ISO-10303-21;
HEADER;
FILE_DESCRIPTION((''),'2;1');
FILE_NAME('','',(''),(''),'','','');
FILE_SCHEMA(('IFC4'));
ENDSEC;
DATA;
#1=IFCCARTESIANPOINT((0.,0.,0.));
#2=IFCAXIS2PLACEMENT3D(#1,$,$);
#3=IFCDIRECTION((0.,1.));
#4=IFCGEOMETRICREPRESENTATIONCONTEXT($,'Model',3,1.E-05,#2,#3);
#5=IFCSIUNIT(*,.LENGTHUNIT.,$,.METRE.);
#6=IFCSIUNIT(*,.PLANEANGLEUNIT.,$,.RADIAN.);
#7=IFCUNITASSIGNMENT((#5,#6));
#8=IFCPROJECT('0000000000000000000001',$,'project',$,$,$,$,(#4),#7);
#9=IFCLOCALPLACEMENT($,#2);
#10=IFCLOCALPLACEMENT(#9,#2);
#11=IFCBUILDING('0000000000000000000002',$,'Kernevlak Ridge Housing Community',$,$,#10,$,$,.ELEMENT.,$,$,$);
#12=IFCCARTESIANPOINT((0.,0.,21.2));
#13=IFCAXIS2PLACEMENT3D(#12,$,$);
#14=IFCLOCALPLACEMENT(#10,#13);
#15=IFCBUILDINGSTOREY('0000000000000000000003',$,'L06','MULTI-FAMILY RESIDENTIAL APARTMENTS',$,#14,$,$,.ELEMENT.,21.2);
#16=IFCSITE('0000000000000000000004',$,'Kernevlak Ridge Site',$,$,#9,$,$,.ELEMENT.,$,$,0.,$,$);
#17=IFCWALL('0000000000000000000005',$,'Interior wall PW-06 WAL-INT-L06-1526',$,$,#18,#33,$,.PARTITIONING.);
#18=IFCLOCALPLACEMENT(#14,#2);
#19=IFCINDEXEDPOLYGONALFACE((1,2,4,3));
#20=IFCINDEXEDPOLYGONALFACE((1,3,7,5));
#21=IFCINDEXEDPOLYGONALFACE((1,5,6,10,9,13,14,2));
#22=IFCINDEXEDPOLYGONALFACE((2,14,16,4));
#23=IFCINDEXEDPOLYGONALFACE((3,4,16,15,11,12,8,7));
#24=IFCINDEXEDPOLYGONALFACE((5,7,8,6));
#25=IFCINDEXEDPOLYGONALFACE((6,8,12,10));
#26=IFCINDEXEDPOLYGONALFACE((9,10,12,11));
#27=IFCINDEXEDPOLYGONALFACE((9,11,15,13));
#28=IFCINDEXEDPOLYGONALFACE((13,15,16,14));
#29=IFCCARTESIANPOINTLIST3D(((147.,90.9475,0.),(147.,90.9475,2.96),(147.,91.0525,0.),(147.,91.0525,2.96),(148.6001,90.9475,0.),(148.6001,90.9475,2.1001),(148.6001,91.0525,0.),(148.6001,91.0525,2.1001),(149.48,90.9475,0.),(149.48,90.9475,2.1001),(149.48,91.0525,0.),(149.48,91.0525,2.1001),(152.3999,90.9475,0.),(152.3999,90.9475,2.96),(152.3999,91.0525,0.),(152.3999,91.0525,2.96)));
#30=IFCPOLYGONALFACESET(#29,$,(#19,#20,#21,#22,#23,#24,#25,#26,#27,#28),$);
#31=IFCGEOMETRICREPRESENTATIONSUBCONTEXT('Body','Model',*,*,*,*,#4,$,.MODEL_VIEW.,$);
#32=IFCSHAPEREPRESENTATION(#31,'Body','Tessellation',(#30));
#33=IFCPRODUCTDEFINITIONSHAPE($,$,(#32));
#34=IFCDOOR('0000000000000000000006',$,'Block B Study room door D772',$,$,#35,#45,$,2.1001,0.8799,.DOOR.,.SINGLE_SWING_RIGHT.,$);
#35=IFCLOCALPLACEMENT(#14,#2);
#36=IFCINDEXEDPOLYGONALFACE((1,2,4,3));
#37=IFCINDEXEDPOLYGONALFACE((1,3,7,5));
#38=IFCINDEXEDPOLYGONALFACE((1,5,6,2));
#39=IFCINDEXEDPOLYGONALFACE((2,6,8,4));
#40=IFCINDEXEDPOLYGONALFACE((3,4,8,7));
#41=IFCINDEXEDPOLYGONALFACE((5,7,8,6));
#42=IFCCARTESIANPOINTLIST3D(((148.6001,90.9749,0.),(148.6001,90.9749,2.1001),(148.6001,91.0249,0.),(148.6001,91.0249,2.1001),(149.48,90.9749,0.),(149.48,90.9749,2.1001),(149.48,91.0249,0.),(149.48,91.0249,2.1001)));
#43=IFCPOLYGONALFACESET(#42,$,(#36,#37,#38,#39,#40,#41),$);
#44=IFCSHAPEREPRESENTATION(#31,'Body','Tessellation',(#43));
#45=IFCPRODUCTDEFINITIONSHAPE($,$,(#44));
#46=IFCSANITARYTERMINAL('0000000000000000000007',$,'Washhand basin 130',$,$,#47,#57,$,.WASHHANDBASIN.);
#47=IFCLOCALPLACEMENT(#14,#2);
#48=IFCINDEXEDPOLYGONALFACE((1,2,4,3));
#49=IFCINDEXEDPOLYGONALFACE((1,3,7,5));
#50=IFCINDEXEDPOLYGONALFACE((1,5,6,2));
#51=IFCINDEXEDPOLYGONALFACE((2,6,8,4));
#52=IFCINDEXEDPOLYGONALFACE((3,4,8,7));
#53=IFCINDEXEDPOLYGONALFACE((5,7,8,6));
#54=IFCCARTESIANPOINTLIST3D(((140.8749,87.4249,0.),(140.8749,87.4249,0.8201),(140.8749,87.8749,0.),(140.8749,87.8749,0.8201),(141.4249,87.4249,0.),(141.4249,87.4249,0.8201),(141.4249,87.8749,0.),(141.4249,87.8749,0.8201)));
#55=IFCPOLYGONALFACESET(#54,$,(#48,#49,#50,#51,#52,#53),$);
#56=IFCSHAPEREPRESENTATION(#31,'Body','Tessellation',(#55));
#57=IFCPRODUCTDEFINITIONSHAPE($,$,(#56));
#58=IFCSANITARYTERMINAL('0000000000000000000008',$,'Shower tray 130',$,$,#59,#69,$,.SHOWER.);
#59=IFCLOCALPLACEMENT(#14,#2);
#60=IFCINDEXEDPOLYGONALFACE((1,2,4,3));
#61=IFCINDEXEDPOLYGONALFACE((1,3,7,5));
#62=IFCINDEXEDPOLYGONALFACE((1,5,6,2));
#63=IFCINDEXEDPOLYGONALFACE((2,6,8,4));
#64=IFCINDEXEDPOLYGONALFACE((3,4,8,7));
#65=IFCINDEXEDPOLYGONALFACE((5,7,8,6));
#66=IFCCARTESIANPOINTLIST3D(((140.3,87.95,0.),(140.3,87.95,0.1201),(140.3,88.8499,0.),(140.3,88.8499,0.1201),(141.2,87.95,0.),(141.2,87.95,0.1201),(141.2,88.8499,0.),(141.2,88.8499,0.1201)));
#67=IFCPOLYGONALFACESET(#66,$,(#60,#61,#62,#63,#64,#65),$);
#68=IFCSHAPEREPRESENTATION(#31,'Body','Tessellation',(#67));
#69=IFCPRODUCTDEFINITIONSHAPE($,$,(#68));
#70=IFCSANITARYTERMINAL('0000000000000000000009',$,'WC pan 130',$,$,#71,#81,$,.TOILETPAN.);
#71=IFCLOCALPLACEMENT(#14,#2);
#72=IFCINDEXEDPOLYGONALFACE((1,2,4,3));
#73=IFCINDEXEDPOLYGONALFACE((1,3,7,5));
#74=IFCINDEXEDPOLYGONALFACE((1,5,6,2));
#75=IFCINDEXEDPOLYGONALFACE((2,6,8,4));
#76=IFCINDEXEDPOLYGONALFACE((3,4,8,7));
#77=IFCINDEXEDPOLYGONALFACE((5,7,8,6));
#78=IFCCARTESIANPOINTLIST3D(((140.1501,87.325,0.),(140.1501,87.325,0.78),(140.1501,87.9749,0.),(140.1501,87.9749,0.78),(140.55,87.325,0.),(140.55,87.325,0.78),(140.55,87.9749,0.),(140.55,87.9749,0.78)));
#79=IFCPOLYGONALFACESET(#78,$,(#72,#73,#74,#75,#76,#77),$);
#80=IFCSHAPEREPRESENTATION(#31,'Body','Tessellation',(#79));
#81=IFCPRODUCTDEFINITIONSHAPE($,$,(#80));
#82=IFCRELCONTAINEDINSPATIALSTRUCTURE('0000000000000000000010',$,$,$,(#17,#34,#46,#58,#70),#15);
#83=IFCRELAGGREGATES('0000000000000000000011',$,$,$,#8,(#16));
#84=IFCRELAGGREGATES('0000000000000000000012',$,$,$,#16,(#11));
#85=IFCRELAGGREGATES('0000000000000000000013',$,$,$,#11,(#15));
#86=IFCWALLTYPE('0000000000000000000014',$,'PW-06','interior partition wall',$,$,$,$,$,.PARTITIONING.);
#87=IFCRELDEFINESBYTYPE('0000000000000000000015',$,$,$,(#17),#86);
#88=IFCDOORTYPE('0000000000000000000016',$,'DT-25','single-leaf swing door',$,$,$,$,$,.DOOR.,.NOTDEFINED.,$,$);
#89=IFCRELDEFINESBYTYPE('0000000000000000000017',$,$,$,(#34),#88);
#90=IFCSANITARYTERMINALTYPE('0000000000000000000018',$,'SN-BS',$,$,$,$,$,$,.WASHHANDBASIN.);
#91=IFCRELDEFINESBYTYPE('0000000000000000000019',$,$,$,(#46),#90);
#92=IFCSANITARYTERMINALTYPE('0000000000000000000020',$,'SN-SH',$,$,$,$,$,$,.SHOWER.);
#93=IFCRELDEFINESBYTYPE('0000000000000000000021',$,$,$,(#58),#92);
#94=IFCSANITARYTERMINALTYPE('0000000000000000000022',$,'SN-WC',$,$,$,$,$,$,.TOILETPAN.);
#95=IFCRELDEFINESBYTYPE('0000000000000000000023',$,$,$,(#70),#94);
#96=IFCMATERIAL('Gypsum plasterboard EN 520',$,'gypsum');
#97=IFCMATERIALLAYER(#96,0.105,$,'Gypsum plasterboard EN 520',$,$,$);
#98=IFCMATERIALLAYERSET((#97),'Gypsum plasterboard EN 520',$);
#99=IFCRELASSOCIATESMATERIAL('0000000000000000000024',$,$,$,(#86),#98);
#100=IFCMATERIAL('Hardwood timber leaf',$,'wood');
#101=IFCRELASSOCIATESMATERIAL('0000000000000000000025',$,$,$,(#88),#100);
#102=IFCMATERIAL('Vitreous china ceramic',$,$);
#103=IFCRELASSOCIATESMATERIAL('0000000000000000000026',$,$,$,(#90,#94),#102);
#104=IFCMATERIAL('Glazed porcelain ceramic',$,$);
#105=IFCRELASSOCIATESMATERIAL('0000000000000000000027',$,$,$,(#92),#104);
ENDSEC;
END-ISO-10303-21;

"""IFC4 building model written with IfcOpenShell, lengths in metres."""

from ifc_helpers import new_model, si_unit, direction, frame, frame_2d, origin, origin_2d, place, context, subcontext, project, spatial, rectangle, extrude, material, layer, layer_set, type_object, element, fill, save


model = new_model("IFC4")

# Units and contexts
model_context = context("Model", 3, precision=1e-05, world=origin(), true_north=direction((0.0, 1.0)))
body_context = subcontext(model_context, "Body", "Model", "MODEL_VIEW")
ifc_project = project(units=[si_unit("LENGTHUNIT", "METRE"), si_unit("PLANEANGLEUNIT", "RADIAN")], contexts=[model_context])

# Site, building, storey
site_placement = place(None, origin())
site = spatial("IfcSite", under=ifc_project, at=site_placement, Name="Kernevlak Ridge Site", CompositionType="ELEMENT", RefElevation=0.0)
building_placement = place(site_placement, origin())
building = spatial("IfcBuilding", under=site, at=building_placement, Name="Kernevlak Ridge Housing Community", CompositionType="ELEMENT")
storey_placement = place(building_placement, frame((0.0, 0.0, 21.2)))
storey = spatial("IfcBuildingStorey", under=building, at=storey_placement, Name="L06", Description="MULTI-FAMILY RESIDENTIAL APARTMENTS", CompositionType="ELEMENT", Elevation=21.2)

# Wall, opening, door
ifc_material_1 = material(Name="Hardwood timber leaf", Category="wood")
ifc_material_2 = material(Name="Gypsum plasterboard EN 520", Category="gypsum")
ifc_layer_1 = layer(ifc_material_2, 0.105, Name="Gypsum plasterboard EN 520")
ifc_layer_set_1 = layer_set([ifc_layer_1], Name="Gypsum plasterboard EN 520")
wall_type_1 = type_object("IfcWallType", Name="PW-06", Description="interior partition wall", PredefinedType="PARTITIONING", material=ifc_layer_set_1)
wall_1_placement = place(storey_placement, frame((147.0, 91.0, 0.0), z_axis=(0.0, 0.0, 1.0), x_axis=(1.0, 0.0, 0.0)))
wall_1 = element("IfcWall", 1, at=wall_1_placement, inside=storey, type_object=wall_type_1, Name="Interior wall PW-06 WAL-INT-L06-1526", PredefinedType="PARTITIONING", context=body_context, shape_type="SweptSolid", body=[
    extrude(rectangle(XDim=5.3999, YDim=0.105, at=frame_2d((2.7, 0.0))), origin(), (0.0, 0.0, 1.0), 2.96),
])
opening_1_placement = place(wall_1_placement, frame((1.6001, 0.0, 0.0)))
opening_1 = element("IfcOpeningElement", 2, at=opening_1_placement, cuts=wall_1, PredefinedType="OPENING", context=body_context, shape_type="SweptSolid", body=[
    extrude(rectangle(XDim=0.8799, YDim=2.1001, at=frame_2d((0.4399, 1.05))), frame((0.0, 0.0625, 0.0), z_axis=(0.0, -1.0, 0.0), x_axis=(1.0, 0.0, 0.0)), (0.0, 0.0, 1.0), 0.125),
])
door_type_1 = type_object("IfcDoorType", Name="DT-25", Description="single-leaf swing door", OperationType="NOTDEFINED", PredefinedType="DOOR", material=ifc_material_1)
door_1_placement = place(opening_1_placement, origin())
door_1 = element("IfcDoor", 3, at=door_1_placement, inside=storey, type_object=door_type_1, Name="Block B Study room door D772", OperationType="SINGLE_SWING_RIGHT", OverallHeight=2.1001, OverallWidth=0.8799, PredefinedType="DOOR", context=body_context, shape_type="SweptSolid", body=[
    extrude(rectangle(XDim=0.8799, YDim=2.1001, at=frame_2d((0.4399, 1.05))), frame((0.0, 0.0249, 0.0), z_axis=(0.0, -1.0, 0.0), x_axis=(1.0, 0.0, 0.0)), (0.0, 0.0, 1.0), 0.05),
])
fill(opening_1, door_1)

# Sanitary terminals
ifc_material_3 = material(Name="Vitreous china ceramic")
sanitary_terminal_type_1 = type_object("IfcSanitaryTerminalType", Name="SN-BS", PredefinedType="WASHHANDBASIN", material=ifc_material_3)
sanitary_terminal_1_placement = place(storey_placement, frame((141.1499, 87.6499, 0.0), z_axis=(0.0, 0.0, 1.0), x_axis=(1.0, 0.0, 0.0)))
element("IfcSanitaryTerminal", 4, at=sanitary_terminal_1_placement, inside=storey, type_object=sanitary_terminal_type_1, Name="Washhand basin 130", PredefinedType="WASHHANDBASIN", context=body_context, shape_type="SweptSolid", body=[
    extrude(rectangle(XDim=0.55, YDim=0.45, at=origin_2d()), origin(), (0.0, 0.0, 1.0), 0.8201),
])
ifc_material_4 = material(Name="Glazed porcelain ceramic")
sanitary_terminal_type_2 = type_object("IfcSanitaryTerminalType", Name="SN-SH", PredefinedType="SHOWER", material=ifc_material_4)
sanitary_terminal_2_placement = place(storey_placement, frame((140.75, 88.3999, 0.0), z_axis=(0.0, 0.0, 1.0), x_axis=(1.0, 0.0, 0.0)))
element("IfcSanitaryTerminal", 5, at=sanitary_terminal_2_placement, inside=storey, type_object=sanitary_terminal_type_2, Name="Shower tray 130", PredefinedType="SHOWER", context=body_context, shape_type="SweptSolid", body=[
    extrude(rectangle(XDim=0.8999, YDim=0.8999, at=origin_2d()), origin(), (0.0, 0.0, 1.0), 0.1201),
])
sanitary_terminal_type_3 = type_object("IfcSanitaryTerminalType", Name="SN-WC", PredefinedType="TOILETPAN", material=ifc_material_3)
sanitary_terminal_3_placement = place(storey_placement, frame((140.3501, 87.6499, 0.0), z_axis=(0.0, 0.0, 1.0), x_axis=(1.0, 0.0, 0.0)))
element("IfcSanitaryTerminal", 6, at=sanitary_terminal_3_placement, inside=storey, type_object=sanitary_terminal_type_3, Name="WC pan 130", PredefinedType="TOILETPAN", context=body_context, shape_type="SweptSolid", body=[
    extrude(rectangle(XDim=0.3999, YDim=0.6499, at=origin_2d()), origin(), (0.0, 0.0, 1.0), 0.78),
])

save(model, "model.ifc")
